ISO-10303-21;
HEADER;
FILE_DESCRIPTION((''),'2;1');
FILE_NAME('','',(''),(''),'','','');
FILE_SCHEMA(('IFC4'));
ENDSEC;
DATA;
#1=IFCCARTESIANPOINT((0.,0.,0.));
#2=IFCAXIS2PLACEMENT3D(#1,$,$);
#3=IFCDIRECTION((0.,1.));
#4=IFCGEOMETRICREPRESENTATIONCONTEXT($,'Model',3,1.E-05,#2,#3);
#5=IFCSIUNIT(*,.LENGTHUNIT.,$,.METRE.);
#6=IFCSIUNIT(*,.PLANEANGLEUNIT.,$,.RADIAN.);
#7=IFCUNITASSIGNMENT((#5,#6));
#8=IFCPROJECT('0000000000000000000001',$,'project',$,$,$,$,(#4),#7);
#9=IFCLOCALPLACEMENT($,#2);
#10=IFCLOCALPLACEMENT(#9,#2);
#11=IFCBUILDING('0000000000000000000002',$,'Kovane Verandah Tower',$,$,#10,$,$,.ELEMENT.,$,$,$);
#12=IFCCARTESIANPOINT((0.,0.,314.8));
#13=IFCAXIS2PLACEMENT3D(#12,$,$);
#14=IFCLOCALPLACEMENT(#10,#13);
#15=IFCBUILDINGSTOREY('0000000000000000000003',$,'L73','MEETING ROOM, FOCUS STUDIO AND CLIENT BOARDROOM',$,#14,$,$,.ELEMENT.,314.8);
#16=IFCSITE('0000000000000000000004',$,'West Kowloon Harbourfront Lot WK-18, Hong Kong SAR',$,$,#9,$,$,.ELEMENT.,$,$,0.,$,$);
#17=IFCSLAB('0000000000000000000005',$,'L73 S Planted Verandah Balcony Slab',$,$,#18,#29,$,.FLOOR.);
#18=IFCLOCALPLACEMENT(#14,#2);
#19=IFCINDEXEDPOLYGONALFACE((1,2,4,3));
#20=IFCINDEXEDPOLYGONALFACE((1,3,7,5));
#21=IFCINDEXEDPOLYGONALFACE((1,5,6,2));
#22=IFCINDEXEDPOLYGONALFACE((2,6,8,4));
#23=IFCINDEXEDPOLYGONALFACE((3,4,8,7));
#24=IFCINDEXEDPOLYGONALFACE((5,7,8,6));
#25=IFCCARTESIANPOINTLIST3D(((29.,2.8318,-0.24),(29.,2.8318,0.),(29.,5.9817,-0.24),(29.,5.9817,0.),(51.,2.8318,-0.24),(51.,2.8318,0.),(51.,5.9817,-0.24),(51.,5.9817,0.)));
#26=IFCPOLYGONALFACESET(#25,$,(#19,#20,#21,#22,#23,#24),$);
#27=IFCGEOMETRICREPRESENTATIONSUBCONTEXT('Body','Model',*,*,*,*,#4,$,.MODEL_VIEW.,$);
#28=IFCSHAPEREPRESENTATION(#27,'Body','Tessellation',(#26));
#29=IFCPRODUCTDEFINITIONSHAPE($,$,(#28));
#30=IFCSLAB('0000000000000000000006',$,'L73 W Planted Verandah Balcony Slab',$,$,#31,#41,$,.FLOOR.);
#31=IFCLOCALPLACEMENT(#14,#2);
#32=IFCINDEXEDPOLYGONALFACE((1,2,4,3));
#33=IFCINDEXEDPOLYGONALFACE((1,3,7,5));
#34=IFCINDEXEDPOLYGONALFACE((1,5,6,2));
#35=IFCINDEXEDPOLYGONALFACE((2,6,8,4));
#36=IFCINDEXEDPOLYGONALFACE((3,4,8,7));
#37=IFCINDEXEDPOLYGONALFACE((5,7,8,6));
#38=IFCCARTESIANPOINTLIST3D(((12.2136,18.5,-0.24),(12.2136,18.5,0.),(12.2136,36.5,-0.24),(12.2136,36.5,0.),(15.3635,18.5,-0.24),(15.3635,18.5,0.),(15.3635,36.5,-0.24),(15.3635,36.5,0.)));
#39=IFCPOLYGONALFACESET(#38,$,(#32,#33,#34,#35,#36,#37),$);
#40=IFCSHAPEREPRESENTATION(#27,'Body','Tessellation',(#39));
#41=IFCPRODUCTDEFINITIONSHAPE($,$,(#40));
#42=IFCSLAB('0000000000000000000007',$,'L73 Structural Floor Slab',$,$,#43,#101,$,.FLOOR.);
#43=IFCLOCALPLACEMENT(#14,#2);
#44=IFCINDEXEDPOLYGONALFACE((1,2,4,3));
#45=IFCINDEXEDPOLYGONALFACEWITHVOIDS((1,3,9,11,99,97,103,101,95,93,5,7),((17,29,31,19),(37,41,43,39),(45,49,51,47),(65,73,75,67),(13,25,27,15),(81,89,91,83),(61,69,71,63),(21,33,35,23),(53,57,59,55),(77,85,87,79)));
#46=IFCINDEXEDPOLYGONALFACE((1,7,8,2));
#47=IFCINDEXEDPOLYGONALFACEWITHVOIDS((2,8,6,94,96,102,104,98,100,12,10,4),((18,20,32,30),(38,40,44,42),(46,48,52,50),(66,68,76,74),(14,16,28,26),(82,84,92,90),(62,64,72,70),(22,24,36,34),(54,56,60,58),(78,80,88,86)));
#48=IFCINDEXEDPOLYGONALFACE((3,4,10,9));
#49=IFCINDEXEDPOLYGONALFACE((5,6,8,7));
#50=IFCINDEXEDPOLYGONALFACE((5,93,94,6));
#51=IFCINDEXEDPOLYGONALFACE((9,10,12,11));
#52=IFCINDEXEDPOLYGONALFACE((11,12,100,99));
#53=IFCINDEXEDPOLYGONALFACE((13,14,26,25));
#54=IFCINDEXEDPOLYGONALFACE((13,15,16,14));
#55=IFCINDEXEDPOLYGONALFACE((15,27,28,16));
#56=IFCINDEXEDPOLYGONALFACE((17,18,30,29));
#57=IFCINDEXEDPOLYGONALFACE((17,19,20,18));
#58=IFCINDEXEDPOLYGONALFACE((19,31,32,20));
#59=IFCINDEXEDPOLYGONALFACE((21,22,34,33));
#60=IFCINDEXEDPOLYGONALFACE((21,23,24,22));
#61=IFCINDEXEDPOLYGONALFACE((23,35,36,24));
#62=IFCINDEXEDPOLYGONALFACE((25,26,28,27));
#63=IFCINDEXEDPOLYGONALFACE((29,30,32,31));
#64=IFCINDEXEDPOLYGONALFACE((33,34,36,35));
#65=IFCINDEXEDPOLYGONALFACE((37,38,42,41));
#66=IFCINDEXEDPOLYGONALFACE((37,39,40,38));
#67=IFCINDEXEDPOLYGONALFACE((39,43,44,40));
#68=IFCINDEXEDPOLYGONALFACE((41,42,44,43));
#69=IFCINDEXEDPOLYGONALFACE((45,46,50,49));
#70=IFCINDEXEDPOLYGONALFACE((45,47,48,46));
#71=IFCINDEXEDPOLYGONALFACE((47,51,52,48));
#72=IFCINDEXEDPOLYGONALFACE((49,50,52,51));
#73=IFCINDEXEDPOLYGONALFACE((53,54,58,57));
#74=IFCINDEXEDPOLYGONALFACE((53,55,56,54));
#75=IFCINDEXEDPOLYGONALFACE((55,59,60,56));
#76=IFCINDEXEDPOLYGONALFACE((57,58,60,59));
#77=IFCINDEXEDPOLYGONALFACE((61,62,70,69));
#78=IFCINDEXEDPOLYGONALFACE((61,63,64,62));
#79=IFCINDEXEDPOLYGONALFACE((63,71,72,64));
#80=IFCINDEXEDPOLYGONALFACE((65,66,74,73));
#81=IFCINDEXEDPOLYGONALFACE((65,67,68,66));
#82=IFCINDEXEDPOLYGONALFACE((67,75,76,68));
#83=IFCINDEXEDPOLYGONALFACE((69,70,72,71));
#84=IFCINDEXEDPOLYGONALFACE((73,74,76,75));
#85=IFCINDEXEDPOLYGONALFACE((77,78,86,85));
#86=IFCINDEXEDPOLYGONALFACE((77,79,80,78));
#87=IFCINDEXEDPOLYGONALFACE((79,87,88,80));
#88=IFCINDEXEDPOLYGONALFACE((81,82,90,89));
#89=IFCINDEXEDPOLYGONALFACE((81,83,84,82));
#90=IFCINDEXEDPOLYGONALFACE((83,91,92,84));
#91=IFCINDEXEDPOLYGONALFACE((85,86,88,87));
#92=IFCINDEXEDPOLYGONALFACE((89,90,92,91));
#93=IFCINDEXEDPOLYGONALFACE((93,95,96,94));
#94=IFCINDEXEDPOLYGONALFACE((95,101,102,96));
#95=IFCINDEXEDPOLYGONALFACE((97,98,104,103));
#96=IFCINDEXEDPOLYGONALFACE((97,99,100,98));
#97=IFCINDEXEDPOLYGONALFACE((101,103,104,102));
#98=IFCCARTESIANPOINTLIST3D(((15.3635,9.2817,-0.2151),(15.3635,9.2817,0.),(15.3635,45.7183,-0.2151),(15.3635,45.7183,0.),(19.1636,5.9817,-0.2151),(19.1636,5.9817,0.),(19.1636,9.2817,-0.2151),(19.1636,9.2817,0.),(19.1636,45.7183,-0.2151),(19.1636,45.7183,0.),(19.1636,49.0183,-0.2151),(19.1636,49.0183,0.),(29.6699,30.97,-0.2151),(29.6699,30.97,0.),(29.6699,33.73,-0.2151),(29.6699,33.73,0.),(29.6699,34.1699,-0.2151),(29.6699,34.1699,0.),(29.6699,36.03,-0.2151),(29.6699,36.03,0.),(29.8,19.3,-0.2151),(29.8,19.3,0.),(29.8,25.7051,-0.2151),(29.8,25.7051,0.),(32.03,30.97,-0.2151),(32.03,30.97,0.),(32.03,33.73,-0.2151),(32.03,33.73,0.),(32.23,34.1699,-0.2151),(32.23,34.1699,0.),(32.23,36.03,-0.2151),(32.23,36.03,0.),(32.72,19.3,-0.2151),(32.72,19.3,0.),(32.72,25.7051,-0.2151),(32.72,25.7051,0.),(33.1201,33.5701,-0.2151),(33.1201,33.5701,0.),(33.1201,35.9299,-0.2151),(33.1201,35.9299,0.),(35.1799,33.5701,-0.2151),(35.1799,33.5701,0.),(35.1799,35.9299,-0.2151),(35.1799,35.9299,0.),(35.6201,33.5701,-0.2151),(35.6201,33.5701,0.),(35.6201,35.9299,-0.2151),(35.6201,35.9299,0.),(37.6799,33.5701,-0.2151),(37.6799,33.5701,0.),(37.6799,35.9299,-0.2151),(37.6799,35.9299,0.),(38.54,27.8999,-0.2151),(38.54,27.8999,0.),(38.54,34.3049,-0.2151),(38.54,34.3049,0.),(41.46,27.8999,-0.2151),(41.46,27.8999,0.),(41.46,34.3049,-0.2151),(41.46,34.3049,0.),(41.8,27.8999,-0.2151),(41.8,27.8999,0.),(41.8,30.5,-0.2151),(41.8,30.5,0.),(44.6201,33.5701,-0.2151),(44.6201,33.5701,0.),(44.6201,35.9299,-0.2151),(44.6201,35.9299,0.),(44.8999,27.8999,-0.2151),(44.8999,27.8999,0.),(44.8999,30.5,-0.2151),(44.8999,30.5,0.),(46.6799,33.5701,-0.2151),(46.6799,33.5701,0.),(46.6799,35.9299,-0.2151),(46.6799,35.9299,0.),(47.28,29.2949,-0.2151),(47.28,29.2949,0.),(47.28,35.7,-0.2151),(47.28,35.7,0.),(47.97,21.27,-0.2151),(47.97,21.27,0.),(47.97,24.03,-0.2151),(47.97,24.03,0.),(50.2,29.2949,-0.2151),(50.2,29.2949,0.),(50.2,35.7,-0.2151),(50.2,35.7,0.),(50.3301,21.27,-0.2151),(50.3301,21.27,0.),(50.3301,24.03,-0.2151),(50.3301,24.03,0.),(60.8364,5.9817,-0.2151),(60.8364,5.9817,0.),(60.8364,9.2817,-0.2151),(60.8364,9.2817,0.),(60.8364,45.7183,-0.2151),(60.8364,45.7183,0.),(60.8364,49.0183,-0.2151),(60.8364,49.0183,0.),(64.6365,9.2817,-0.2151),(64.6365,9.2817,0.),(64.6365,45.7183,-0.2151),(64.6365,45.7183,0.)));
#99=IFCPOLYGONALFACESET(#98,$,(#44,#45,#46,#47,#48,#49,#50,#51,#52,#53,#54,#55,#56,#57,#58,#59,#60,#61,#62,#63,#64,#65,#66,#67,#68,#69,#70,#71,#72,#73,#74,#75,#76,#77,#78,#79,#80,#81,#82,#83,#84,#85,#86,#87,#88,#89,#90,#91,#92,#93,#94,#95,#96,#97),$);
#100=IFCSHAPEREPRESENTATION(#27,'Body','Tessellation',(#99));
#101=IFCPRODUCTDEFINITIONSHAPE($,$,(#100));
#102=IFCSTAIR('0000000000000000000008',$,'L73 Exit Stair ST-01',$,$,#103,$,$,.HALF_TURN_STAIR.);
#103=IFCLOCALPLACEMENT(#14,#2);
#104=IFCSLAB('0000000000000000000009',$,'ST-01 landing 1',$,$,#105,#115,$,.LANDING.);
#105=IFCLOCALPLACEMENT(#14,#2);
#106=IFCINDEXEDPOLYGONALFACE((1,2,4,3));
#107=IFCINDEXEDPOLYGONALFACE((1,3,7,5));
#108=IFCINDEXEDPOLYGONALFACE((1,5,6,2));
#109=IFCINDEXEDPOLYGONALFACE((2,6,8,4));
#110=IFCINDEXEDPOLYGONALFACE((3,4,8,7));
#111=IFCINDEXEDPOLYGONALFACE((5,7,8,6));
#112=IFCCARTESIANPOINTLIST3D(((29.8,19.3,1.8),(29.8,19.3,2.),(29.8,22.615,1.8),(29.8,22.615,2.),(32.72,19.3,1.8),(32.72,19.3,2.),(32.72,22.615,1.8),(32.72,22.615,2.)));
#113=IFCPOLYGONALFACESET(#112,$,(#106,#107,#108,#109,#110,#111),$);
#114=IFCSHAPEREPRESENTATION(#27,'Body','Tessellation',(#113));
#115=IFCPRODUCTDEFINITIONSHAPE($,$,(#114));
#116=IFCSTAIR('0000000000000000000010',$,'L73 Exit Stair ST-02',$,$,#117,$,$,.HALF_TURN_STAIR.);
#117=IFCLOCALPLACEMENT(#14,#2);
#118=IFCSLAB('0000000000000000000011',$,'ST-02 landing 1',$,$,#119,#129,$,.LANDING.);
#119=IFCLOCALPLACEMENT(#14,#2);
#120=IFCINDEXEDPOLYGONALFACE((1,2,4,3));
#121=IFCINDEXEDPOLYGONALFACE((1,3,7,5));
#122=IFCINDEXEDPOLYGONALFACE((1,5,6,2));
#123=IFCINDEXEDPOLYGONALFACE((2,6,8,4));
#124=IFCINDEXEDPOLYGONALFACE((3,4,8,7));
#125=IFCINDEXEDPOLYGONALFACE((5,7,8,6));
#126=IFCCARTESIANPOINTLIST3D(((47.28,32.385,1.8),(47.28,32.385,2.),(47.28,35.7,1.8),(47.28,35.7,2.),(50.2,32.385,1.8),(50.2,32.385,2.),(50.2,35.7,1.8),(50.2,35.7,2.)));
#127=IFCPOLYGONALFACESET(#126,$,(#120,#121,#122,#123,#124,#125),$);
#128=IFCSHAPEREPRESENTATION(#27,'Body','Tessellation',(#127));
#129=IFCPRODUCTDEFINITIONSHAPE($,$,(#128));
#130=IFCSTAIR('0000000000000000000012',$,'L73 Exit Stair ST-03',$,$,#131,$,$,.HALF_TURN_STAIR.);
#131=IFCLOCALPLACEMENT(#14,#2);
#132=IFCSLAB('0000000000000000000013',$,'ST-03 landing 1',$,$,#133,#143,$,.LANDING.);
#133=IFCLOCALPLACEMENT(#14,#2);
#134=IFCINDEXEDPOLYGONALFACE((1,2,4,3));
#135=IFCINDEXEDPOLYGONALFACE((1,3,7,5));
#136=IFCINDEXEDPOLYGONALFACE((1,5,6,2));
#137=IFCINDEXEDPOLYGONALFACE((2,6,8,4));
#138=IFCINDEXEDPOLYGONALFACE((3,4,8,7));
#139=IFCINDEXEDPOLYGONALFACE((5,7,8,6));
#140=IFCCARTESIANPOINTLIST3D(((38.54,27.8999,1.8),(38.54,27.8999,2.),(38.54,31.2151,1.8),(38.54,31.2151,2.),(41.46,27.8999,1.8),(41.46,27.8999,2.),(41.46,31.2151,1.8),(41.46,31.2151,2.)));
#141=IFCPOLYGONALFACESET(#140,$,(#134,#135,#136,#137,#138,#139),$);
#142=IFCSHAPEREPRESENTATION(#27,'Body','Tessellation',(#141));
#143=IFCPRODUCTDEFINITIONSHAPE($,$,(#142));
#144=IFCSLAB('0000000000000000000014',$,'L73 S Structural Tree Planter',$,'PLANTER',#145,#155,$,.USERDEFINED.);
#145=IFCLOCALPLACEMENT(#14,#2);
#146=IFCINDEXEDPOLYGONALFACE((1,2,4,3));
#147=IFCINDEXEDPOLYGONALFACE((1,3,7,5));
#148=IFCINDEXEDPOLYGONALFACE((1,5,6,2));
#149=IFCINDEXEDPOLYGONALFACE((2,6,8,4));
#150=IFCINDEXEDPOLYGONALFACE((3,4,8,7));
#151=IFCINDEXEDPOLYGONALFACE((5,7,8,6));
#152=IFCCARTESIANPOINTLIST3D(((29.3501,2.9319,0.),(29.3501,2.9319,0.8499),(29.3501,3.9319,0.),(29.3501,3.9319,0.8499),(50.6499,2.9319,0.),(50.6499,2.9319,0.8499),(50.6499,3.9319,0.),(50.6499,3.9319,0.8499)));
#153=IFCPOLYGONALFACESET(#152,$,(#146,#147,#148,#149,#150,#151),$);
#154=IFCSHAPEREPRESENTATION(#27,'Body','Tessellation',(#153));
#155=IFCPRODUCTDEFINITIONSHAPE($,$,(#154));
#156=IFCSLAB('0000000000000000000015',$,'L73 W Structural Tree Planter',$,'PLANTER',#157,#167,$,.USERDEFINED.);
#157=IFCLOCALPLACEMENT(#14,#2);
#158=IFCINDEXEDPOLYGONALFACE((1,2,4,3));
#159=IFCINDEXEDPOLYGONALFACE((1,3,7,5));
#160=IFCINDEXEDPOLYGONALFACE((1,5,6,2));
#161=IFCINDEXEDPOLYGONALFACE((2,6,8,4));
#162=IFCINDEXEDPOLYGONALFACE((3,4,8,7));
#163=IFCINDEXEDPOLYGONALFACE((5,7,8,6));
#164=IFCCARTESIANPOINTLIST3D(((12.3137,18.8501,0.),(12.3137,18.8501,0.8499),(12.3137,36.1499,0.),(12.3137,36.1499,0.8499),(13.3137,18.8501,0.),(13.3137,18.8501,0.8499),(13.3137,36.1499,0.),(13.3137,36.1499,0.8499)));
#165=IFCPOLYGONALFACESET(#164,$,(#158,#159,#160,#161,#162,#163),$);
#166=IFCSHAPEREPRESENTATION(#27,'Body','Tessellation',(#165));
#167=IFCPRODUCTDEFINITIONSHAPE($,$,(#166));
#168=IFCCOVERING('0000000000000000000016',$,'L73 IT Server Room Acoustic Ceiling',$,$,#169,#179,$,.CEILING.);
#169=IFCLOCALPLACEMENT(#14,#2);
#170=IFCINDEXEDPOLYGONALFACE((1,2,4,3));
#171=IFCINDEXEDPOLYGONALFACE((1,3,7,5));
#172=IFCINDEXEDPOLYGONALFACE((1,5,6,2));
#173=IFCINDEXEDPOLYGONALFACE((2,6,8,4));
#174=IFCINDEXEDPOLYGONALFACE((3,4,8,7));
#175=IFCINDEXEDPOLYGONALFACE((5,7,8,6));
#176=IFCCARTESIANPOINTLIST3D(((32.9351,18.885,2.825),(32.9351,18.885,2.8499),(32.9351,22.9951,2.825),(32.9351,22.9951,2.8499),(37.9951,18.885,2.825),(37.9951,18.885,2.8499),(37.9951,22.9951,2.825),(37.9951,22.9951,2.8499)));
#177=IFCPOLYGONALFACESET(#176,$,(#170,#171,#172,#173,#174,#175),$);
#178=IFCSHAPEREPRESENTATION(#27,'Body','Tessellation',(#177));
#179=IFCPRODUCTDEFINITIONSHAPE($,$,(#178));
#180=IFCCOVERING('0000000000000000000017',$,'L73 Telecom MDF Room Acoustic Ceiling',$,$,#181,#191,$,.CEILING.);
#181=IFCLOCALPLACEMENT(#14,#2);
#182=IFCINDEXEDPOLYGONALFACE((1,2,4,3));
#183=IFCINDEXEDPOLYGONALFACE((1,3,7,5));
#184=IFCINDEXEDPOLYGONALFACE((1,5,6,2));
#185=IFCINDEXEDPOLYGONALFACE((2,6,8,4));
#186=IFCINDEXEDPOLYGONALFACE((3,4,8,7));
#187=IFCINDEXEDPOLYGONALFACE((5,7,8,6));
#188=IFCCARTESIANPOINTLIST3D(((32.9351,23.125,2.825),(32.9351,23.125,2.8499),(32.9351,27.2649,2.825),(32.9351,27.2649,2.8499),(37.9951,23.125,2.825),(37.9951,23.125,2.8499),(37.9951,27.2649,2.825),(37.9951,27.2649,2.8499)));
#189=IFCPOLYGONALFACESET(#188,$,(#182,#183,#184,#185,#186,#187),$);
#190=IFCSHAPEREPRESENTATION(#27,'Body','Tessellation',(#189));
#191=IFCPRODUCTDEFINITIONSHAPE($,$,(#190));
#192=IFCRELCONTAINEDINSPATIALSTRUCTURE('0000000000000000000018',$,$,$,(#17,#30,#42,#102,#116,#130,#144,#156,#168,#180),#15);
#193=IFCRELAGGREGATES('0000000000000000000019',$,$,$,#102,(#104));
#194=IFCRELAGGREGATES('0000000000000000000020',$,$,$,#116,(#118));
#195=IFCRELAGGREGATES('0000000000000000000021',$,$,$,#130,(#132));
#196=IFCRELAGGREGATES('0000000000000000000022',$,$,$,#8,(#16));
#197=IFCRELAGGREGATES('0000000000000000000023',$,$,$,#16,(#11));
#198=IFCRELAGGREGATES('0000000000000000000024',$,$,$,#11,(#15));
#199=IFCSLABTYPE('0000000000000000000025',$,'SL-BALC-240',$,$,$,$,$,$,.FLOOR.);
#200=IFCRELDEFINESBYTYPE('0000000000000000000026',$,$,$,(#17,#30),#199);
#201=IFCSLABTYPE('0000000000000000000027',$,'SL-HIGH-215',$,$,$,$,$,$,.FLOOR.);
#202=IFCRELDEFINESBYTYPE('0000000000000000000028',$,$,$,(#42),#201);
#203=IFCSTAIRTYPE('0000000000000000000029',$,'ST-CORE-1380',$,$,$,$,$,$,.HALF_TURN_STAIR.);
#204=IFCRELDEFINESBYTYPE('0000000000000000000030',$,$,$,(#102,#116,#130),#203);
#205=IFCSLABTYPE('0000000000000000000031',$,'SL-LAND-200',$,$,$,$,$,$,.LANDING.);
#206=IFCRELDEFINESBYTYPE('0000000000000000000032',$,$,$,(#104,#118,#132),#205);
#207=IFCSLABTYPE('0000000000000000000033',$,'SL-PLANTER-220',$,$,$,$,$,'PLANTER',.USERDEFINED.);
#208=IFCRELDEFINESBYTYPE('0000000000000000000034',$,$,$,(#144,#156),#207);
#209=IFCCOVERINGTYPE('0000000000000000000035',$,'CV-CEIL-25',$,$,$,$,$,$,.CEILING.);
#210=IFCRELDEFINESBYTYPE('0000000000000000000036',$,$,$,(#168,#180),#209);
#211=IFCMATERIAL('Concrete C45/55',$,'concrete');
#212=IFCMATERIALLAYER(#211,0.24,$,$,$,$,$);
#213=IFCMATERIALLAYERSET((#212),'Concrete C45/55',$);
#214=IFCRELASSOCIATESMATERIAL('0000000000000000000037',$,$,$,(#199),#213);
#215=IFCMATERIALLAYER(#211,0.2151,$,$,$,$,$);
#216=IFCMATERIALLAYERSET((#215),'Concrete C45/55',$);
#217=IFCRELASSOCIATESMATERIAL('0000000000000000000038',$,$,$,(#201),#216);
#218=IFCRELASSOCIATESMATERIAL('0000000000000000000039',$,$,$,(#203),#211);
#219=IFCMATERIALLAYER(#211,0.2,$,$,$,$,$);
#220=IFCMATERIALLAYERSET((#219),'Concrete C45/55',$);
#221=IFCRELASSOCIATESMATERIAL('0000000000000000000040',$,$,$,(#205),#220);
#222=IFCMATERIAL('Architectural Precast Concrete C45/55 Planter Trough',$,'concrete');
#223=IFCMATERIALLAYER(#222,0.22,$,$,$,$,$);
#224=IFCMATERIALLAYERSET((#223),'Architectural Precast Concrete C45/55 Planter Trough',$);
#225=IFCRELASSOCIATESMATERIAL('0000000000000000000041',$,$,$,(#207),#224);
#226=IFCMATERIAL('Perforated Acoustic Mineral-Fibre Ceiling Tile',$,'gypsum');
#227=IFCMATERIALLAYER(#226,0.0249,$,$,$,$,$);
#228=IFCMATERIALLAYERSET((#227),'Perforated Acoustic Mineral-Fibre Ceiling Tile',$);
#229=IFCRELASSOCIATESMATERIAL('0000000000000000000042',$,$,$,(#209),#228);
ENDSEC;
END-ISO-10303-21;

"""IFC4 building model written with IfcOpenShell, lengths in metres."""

from ifc_helpers import new_model, si_unit, direction, frame, origin, place, context, subcontext, project, spatial, polyline, outline, extrude, material, layer, layer_set, type_object, element, aggregate, save


model = new_model("IFC4")

# Units and contexts
model_context = context("Model", 3, precision=1e-05, world=origin(), true_north=direction((0.0, 1.0)))
body_context = subcontext(model_context, "Body", "Model", "MODEL_VIEW")
ifc_project = project(units=[si_unit("LENGTHUNIT", "METRE"), si_unit("PLANEANGLEUNIT", "RADIAN")], contexts=[model_context])

# Site, building, storey
site_placement = place(None, origin())
site = spatial("IfcSite", under=ifc_project, at=site_placement, Name="West Kowloon Harbourfront Lot WK-18, Hong Kong SAR", CompositionType="ELEMENT", RefElevation=0.0)
building_placement = place(site_placement, origin())
building = spatial("IfcBuilding", under=site, at=building_placement, Name="Kovane Verandah Tower", CompositionType="ELEMENT")
storey_placement = place(building_placement, frame((0.0, 0.0, 314.8)))
storey = spatial("IfcBuildingStorey", under=building, at=storey_placement, Name="L73", Description="MEETING ROOM, FOCUS STUDIO AND CLIENT BOARDROOM", CompositionType="ELEMENT", Elevation=314.8)

# Slabs
ifc_material_1 = material(Name="Concrete C45/55", Category="concrete")
ifc_layer_1 = layer(ifc_material_1, 0.24)
ifc_layer_set_1 = layer_set([ifc_layer_1], Name="Concrete C45/55")
slab_type_1 = type_object("IfcSlabType", Name="SL-BALC-240", PredefinedType="FLOOR", material=ifc_layer_set_1)
slab_1_placement = place(storey_placement, frame((0.0, 0.0, -0.24)))
element("IfcSlab", 1, at=slab_1_placement, inside=storey, type_object=slab_type_1, Name="L73 S Planted Verandah Balcony Slab", PredefinedType="FLOOR", context=body_context, shape_type="SweptSolid", body=[
    extrude(outline(polyline([(29.0, 2.8318), (51.0, 2.8318), (51.0, 5.9817), (29.0, 5.9817), (29.0, 2.8318)])), origin(), (0.0, 0.0, 1.0), 0.24),
])
slab_2_placement = place(storey_placement, frame((0.0, 0.0, -0.24)))
element("IfcSlab", 2, at=slab_2_placement, inside=storey, type_object=slab_type_1, Name="L73 W Planted Verandah Balcony Slab", PredefinedType="FLOOR", context=body_context, shape_type="SweptSolid", body=[
    extrude(outline(polyline([(12.2136, 18.5), (15.3635, 18.5), (15.3635, 36.5), (12.2136, 36.5), (12.2136, 18.5)])), origin(), (0.0, 0.0, 1.0), 0.24),
])
ifc_layer_2 = layer(ifc_material_1, 0.2151)
ifc_layer_set_2 = layer_set([ifc_layer_2], Name="Concrete C45/55")
slab_type_2 = type_object("IfcSlabType", Name="SL-HIGH-215", PredefinedType="FLOOR", material=ifc_layer_set_2)
slab_3_placement = place(storey_placement, frame((0.0, 0.0, -0.2151)))
element("IfcSlab", 3, at=slab_3_placement, inside=storey, type_object=slab_type_2, Name="L73 Structural Floor Slab", PredefinedType="FLOOR", context=body_context, shape_type="SweptSolid", body=[
    extrude(outline(polyline([(19.1636, 5.9817), (60.8364, 5.9817), (60.8364, 9.2817), (64.6365, 9.2817), (64.6365, 45.7183), (60.8364, 45.7183), (60.8364, 49.0183), (19.1636, 49.0183), (19.1636, 45.7183), (15.3635, 45.7183), (15.3635, 9.2817), (19.1636, 9.2817), (19.1636, 5.9817)]), holes=[polyline([(29.8, 19.3), (32.72, 19.3), (32.72, 25.7051), (29.8, 25.7051), (29.8, 19.3)]), polyline([(47.28, 29.2949), (50.2, 29.2949), (50.2, 35.7), (47.28, 35.7), (47.28, 29.2949)]), polyline([(38.54, 27.8999), (41.46, 27.8999), (41.46, 34.3049), (38.54, 34.3049), (38.54, 27.8999)]), polyline([(29.6699, 30.97), (32.03, 30.97), (32.03, 33.73), (29.6699, 33.73), (29.6699, 30.97)]), polyline([(47.97, 21.27), (50.3301, 21.27), (50.3301, 24.03), (47.97, 24.03), (47.97, 21.27)]), polyline([(29.6699, 34.1699), (32.23, 34.1699), (32.23, 36.03), (29.6699, 36.03), (29.6699, 34.1699)]), polyline([(33.1201, 33.5701), (35.1799, 33.5701), (35.1799, 35.9299), (33.1201, 35.9299), (33.1201, 33.5701)]), polyline([(35.6201, 33.5701), (37.6799, 33.5701), (37.6799, 35.9299), (35.6201, 35.9299), (35.6201, 33.5701)]), polyline([(44.6201, 33.5701), (46.6799, 33.5701), (46.6799, 35.9299), (44.6201, 35.9299), (44.6201, 33.5701)]), polyline([(41.8, 27.8999), (44.8999, 27.8999), (44.8999, 30.5), (41.8, 30.5), (41.8, 27.8999)])]), origin(), (0.0, 0.0, 1.0), 0.2151),
])

# Stairs, slabs
stair_type = type_object("IfcStairType", Name="ST-CORE-1380", PredefinedType="HALF_TURN_STAIR", material=ifc_material_1)
stair_1_placement = place(storey_placement, origin())
stair_1 = element("IfcStair", 4, at=stair_1_placement, inside=storey, type_object=stair_type, Name="L73 Exit Stair ST-01", PredefinedType="HALF_TURN_STAIR")
ifc_layer_3 = layer(ifc_material_1, 0.2)
ifc_layer_set_3 = layer_set([ifc_layer_3], Name="Concrete C45/55")
slab_type_3 = type_object("IfcSlabType", Name="SL-LAND-200", PredefinedType="LANDING", material=ifc_layer_set_3)
slab_4_placement = place(storey_placement, frame((0.0, 0.0, 1.8)))
slab_4 = element("IfcSlab", 5, at=slab_4_placement, type_object=slab_type_3, Name="ST-01 landing 1", PredefinedType="LANDING", context=body_context, shape_type="SweptSolid", body=[
    extrude(outline(polyline([(29.8, 22.615), (29.8, 19.3), (32.72, 19.3), (32.72, 22.615), (29.8, 22.615)])), origin(), (0.0, 0.0, 1.0), 0.2),
])
aggregate(stair_1, [slab_4])
stair_2_placement = place(storey_placement, origin())
stair_2 = element("IfcStair", 6, at=stair_2_placement, inside=storey, type_object=stair_type, Name="L73 Exit Stair ST-02", PredefinedType="HALF_TURN_STAIR")
slab_5_placement = place(storey_placement, frame((0.0, 0.0, 1.8)))
slab_5 = element("IfcSlab", 7, at=slab_5_placement, type_object=slab_type_3, Name="ST-02 landing 1", PredefinedType="LANDING", context=body_context, shape_type="SweptSolid", body=[
    extrude(outline(polyline([(50.2, 32.385), (50.2, 35.7), (47.28, 35.7), (47.28, 32.385), (50.2, 32.385)])), origin(), (0.0, 0.0, 1.0), 0.2),
])
aggregate(stair_2, [slab_5])
stair_3_placement = place(storey_placement, origin())
stair_3 = element("IfcStair", 8, at=stair_3_placement, inside=storey, type_object=stair_type, Name="L73 Exit Stair ST-03", PredefinedType="HALF_TURN_STAIR")
slab_6_placement = place(storey_placement, frame((0.0, 0.0, 1.8)))
slab_6 = element("IfcSlab", 9, at=slab_6_placement, type_object=slab_type_3, Name="ST-03 landing 1", PredefinedType="LANDING", context=body_context, shape_type="SweptSolid", body=[
    extrude(outline(polyline([(38.54, 31.2151), (38.54, 27.8999), (41.46, 27.8999), (41.46, 31.2151), (38.54, 31.2151)])), origin(), (0.0, 0.0, 1.0), 0.2),
])
aggregate(stair_3, [slab_6])

# Slabs
ifc_material_2 = material(Name="Architectural Precast Concrete C45/55 Planter Trough", Category="concrete")
ifc_layer_4 = layer(ifc_material_2, 0.22)
ifc_layer_set_4 = layer_set([ifc_layer_4], Name="Architectural Precast Concrete C45/55 Planter Trough")
slab_type_4 = type_object("IfcSlabType", Name="SL-PLANTER-220", ElementType="PLANTER", PredefinedType="USERDEFINED", material=ifc_layer_set_4)
slab_7_placement = place(storey_placement, origin())
element("IfcSlab", 10, at=slab_7_placement, inside=storey, type_object=slab_type_4, Name="L73 S Structural Tree Planter", ObjectType="PLANTER", PredefinedType="USERDEFINED", context=body_context, shape_type="SweptSolid", body=[
    extrude(outline(polyline([(29.3501, 2.9319), (50.6499, 2.9319), (50.6499, 3.9319), (29.3501, 3.9319), (29.3501, 2.9319)])), origin(), (0.0, 0.0, 1.0), 0.8499),
])
slab_8_placement = place(storey_placement, origin())
element("IfcSlab", 11, at=slab_8_placement, inside=storey, type_object=slab_type_4, Name="L73 W Structural Tree Planter", ObjectType="PLANTER", PredefinedType="USERDEFINED", context=body_context, shape_type="SweptSolid", body=[
    extrude(outline(polyline([(12.3137, 18.8501), (13.3137, 18.8501), (13.3137, 36.1499), (12.3137, 36.1499), (12.3137, 18.8501)])), origin(), (0.0, 0.0, 1.0), 0.8499),
])

# Coverings
ifc_material_3 = material(Name="Perforated Acoustic Mineral-Fibre Ceiling Tile", Category="gypsum")
ifc_layer_5 = layer(ifc_material_3, 0.0249)
ifc_layer_set_5 = layer_set([ifc_layer_5], Name="Perforated Acoustic Mineral-Fibre Ceiling Tile")
covering_type_1 = type_object("IfcCoveringType", Name="CV-CEIL-25", PredefinedType="CEILING", material=ifc_layer_set_5)
covering_1_placement = place(storey_placement, frame((0.0, 0.0, 2.825)))
element("IfcCovering", 12, at=covering_1_placement, inside=storey, type_object=covering_type_1, Name="L73 IT Server Room Acoustic Ceiling", PredefinedType="CEILING", context=body_context, shape_type="SweptSolid", body=[
    extrude(outline(polyline([(32.9351, 18.885), (37.9951, 18.885), (37.9951, 22.9951), (32.9351, 22.9951), (32.9351, 18.885)])), origin(), (0.0, 0.0, 1.0), 0.0249),
])
covering_2_placement = place(storey_placement, frame((0.0, 0.0, 2.825)))
element("IfcCovering", 13, at=covering_2_placement, inside=storey, type_object=covering_type_1, Name="L73 Telecom MDF Room Acoustic Ceiling", PredefinedType="CEILING", context=body_context, shape_type="SweptSolid", body=[
    extrude(outline(polyline([(32.9351, 23.125), (37.9951, 23.125), (37.9951, 27.2649), (32.9351, 27.2649), (32.9351, 23.125)])), origin(), (0.0, 0.0, 1.0), 0.0249),
])

save(model, "model.ifc")
